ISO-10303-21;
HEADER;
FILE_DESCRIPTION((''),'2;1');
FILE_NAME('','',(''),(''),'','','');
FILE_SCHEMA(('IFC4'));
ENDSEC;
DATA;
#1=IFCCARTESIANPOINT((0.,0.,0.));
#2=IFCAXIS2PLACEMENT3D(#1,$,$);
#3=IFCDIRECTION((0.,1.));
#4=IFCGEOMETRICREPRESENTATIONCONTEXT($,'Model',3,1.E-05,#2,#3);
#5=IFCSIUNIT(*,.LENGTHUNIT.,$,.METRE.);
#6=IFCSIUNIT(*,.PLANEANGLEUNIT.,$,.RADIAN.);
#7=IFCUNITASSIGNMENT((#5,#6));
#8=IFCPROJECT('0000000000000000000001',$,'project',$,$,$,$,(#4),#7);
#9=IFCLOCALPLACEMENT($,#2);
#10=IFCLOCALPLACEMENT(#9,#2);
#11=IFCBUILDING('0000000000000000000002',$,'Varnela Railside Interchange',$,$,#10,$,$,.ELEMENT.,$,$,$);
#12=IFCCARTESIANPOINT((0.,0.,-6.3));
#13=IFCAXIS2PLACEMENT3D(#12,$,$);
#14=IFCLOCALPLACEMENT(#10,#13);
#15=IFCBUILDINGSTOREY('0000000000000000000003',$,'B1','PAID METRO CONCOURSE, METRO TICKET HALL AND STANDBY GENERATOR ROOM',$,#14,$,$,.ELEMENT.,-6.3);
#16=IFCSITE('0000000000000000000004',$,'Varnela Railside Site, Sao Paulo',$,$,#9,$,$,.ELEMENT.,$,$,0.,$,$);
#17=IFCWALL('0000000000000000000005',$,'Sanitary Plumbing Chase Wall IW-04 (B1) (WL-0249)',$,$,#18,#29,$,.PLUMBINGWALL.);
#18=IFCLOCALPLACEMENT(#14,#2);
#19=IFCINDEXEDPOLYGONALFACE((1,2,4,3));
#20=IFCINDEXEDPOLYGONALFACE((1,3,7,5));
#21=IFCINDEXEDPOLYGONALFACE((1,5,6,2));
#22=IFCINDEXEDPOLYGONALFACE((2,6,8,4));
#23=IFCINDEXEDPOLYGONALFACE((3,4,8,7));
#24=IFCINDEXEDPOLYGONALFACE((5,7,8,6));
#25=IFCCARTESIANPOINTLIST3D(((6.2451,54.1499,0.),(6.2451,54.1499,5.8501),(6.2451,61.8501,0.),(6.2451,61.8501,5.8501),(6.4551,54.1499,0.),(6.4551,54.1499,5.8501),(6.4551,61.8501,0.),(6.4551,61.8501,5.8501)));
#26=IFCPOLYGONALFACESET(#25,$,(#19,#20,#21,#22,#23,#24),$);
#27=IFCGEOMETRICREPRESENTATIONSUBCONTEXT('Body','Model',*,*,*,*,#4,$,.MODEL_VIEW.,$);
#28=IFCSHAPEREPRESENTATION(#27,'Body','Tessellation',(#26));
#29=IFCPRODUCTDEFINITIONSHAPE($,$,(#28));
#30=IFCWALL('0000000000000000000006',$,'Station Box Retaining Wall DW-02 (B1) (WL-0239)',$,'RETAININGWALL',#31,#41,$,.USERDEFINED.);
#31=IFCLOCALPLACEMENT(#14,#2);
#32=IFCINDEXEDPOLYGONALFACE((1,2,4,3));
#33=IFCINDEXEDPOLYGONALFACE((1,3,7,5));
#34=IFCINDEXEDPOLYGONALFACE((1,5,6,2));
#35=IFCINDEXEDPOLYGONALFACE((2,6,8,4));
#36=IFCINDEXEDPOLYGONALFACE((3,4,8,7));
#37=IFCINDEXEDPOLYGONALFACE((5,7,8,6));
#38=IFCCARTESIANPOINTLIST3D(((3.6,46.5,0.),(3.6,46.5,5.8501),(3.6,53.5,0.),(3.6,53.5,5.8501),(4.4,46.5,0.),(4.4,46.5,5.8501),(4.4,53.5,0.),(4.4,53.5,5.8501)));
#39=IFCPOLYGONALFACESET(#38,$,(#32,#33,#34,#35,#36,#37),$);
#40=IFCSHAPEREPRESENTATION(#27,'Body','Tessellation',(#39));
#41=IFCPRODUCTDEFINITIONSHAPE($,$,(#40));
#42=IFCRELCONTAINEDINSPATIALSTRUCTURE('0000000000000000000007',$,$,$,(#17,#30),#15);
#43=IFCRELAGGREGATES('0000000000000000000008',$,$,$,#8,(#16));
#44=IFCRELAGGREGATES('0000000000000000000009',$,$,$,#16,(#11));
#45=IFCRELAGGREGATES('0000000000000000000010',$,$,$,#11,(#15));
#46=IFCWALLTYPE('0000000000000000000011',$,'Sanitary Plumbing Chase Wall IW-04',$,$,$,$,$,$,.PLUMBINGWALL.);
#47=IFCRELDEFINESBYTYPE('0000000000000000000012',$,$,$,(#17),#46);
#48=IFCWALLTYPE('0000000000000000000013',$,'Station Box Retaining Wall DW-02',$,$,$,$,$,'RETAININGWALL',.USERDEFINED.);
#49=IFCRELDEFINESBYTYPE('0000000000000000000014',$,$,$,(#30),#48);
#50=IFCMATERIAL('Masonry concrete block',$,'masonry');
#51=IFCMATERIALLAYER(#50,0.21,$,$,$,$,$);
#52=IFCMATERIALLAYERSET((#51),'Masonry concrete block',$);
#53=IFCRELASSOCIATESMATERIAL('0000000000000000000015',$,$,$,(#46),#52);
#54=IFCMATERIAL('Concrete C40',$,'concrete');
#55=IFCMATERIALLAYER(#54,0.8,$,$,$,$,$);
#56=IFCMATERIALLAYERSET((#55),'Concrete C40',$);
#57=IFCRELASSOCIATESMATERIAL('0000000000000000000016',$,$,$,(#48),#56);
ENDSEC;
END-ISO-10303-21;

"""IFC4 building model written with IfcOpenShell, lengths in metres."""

from ifc_helpers import new_model, si_unit, direction, frame, frame_2d, origin, place, context, subcontext, project, spatial, rectangle, extrude, material, layer, layer_set, type_object, element, save


model = new_model("IFC4")

# Units and contexts
model_context = context("Model", 3, precision=1e-05, world=origin(), true_north=direction((0.0, 1.0)))
body_context = subcontext(model_context, "Body", "Model", "MODEL_VIEW")
ifc_project = project(units=[si_unit("LENGTHUNIT", "METRE"), si_unit("PLANEANGLEUNIT", "RADIAN")], contexts=[model_context])

# Site, building, storey
site_placement = place(None, origin())
site = spatial("IfcSite", under=ifc_project, at=site_placement, Name="Varnela Railside Site, Sao Paulo", CompositionType="ELEMENT", RefElevation=0.0)
building_placement = place(site_placement, origin())
building = spatial("IfcBuilding", under=site, at=building_placement, Name="Varnela Railside Interchange", CompositionType="ELEMENT")
storey_placement = place(building_placement, frame((0.0, 0.0, -6.3)))
storey = spatial("IfcBuildingStorey", under=building, at=storey_placement, Name="B1", Description="PAID METRO CONCOURSE, METRO TICKET HALL AND STANDBY GENERATOR ROOM", CompositionType="ELEMENT", Elevation=-6.3)

# Shared definitions
ifc_material_1 = material(Name="Concrete C40", Category="concrete")

# Walls
ifc_material_2 = material(Name="Masonry concrete block", Category="masonry")
ifc_layer_1 = layer(ifc_material_2, 0.21)
ifc_layer_set_1 = layer_set([ifc_layer_1], Name="Masonry concrete block")
wall_type_1 = type_object("IfcWallType", Name="Sanitary Plumbing Chase Wall IW-04", PredefinedType="PLUMBINGWALL", material=ifc_layer_set_1)
wall_1_placement = place(storey_placement, frame((6.3501, 54.1499, 0.0), z_axis=(0.0, 0.0, 1.0), x_axis=(0.0, 1.0, 0.0)))
element("IfcWall", 1, at=wall_1_placement, inside=storey, type_object=wall_type_1, Name="Sanitary Plumbing Chase Wall IW-04 (B1) (WL-0249)", PredefinedType="PLUMBINGWALL", context=body_context, shape_type="SweptSolid", body=[
    extrude(rectangle(XDim=7.7002, YDim=0.21, at=frame_2d((3.8501, 0.0))), origin(), (0.0, 0.0, 1.0), 5.8501),
])
ifc_layer_2 = layer(ifc_material_1, 0.8)
ifc_layer_set_2 = layer_set([ifc_layer_2], Name="Concrete C40")
wall_type_2 = type_object("IfcWallType", Name="Station Box Retaining Wall DW-02", ElementType="RETAININGWALL", PredefinedType="USERDEFINED", material=ifc_layer_set_2)
wall_2_placement = place(storey_placement, frame((4.0, 53.5, 0.0), z_axis=(0.0, 0.0, 1.0), x_axis=(0.0, -1.0, 0.0)))
element("IfcWall", 2, at=wall_2_placement, inside=storey, type_object=wall_type_2, Name="Station Box Retaining Wall DW-02 (B1) (WL-0239)", ObjectType="RETAININGWALL", PredefinedType="USERDEFINED", context=body_context, shape_type="SweptSolid", body=[
    extrude(rectangle(XDim=7.0, YDim=0.8, at=frame_2d((3.5, 0.0))), origin(), (0.0, 0.0, 1.0), 5.8501),
])

save(model, "model.ifc")
